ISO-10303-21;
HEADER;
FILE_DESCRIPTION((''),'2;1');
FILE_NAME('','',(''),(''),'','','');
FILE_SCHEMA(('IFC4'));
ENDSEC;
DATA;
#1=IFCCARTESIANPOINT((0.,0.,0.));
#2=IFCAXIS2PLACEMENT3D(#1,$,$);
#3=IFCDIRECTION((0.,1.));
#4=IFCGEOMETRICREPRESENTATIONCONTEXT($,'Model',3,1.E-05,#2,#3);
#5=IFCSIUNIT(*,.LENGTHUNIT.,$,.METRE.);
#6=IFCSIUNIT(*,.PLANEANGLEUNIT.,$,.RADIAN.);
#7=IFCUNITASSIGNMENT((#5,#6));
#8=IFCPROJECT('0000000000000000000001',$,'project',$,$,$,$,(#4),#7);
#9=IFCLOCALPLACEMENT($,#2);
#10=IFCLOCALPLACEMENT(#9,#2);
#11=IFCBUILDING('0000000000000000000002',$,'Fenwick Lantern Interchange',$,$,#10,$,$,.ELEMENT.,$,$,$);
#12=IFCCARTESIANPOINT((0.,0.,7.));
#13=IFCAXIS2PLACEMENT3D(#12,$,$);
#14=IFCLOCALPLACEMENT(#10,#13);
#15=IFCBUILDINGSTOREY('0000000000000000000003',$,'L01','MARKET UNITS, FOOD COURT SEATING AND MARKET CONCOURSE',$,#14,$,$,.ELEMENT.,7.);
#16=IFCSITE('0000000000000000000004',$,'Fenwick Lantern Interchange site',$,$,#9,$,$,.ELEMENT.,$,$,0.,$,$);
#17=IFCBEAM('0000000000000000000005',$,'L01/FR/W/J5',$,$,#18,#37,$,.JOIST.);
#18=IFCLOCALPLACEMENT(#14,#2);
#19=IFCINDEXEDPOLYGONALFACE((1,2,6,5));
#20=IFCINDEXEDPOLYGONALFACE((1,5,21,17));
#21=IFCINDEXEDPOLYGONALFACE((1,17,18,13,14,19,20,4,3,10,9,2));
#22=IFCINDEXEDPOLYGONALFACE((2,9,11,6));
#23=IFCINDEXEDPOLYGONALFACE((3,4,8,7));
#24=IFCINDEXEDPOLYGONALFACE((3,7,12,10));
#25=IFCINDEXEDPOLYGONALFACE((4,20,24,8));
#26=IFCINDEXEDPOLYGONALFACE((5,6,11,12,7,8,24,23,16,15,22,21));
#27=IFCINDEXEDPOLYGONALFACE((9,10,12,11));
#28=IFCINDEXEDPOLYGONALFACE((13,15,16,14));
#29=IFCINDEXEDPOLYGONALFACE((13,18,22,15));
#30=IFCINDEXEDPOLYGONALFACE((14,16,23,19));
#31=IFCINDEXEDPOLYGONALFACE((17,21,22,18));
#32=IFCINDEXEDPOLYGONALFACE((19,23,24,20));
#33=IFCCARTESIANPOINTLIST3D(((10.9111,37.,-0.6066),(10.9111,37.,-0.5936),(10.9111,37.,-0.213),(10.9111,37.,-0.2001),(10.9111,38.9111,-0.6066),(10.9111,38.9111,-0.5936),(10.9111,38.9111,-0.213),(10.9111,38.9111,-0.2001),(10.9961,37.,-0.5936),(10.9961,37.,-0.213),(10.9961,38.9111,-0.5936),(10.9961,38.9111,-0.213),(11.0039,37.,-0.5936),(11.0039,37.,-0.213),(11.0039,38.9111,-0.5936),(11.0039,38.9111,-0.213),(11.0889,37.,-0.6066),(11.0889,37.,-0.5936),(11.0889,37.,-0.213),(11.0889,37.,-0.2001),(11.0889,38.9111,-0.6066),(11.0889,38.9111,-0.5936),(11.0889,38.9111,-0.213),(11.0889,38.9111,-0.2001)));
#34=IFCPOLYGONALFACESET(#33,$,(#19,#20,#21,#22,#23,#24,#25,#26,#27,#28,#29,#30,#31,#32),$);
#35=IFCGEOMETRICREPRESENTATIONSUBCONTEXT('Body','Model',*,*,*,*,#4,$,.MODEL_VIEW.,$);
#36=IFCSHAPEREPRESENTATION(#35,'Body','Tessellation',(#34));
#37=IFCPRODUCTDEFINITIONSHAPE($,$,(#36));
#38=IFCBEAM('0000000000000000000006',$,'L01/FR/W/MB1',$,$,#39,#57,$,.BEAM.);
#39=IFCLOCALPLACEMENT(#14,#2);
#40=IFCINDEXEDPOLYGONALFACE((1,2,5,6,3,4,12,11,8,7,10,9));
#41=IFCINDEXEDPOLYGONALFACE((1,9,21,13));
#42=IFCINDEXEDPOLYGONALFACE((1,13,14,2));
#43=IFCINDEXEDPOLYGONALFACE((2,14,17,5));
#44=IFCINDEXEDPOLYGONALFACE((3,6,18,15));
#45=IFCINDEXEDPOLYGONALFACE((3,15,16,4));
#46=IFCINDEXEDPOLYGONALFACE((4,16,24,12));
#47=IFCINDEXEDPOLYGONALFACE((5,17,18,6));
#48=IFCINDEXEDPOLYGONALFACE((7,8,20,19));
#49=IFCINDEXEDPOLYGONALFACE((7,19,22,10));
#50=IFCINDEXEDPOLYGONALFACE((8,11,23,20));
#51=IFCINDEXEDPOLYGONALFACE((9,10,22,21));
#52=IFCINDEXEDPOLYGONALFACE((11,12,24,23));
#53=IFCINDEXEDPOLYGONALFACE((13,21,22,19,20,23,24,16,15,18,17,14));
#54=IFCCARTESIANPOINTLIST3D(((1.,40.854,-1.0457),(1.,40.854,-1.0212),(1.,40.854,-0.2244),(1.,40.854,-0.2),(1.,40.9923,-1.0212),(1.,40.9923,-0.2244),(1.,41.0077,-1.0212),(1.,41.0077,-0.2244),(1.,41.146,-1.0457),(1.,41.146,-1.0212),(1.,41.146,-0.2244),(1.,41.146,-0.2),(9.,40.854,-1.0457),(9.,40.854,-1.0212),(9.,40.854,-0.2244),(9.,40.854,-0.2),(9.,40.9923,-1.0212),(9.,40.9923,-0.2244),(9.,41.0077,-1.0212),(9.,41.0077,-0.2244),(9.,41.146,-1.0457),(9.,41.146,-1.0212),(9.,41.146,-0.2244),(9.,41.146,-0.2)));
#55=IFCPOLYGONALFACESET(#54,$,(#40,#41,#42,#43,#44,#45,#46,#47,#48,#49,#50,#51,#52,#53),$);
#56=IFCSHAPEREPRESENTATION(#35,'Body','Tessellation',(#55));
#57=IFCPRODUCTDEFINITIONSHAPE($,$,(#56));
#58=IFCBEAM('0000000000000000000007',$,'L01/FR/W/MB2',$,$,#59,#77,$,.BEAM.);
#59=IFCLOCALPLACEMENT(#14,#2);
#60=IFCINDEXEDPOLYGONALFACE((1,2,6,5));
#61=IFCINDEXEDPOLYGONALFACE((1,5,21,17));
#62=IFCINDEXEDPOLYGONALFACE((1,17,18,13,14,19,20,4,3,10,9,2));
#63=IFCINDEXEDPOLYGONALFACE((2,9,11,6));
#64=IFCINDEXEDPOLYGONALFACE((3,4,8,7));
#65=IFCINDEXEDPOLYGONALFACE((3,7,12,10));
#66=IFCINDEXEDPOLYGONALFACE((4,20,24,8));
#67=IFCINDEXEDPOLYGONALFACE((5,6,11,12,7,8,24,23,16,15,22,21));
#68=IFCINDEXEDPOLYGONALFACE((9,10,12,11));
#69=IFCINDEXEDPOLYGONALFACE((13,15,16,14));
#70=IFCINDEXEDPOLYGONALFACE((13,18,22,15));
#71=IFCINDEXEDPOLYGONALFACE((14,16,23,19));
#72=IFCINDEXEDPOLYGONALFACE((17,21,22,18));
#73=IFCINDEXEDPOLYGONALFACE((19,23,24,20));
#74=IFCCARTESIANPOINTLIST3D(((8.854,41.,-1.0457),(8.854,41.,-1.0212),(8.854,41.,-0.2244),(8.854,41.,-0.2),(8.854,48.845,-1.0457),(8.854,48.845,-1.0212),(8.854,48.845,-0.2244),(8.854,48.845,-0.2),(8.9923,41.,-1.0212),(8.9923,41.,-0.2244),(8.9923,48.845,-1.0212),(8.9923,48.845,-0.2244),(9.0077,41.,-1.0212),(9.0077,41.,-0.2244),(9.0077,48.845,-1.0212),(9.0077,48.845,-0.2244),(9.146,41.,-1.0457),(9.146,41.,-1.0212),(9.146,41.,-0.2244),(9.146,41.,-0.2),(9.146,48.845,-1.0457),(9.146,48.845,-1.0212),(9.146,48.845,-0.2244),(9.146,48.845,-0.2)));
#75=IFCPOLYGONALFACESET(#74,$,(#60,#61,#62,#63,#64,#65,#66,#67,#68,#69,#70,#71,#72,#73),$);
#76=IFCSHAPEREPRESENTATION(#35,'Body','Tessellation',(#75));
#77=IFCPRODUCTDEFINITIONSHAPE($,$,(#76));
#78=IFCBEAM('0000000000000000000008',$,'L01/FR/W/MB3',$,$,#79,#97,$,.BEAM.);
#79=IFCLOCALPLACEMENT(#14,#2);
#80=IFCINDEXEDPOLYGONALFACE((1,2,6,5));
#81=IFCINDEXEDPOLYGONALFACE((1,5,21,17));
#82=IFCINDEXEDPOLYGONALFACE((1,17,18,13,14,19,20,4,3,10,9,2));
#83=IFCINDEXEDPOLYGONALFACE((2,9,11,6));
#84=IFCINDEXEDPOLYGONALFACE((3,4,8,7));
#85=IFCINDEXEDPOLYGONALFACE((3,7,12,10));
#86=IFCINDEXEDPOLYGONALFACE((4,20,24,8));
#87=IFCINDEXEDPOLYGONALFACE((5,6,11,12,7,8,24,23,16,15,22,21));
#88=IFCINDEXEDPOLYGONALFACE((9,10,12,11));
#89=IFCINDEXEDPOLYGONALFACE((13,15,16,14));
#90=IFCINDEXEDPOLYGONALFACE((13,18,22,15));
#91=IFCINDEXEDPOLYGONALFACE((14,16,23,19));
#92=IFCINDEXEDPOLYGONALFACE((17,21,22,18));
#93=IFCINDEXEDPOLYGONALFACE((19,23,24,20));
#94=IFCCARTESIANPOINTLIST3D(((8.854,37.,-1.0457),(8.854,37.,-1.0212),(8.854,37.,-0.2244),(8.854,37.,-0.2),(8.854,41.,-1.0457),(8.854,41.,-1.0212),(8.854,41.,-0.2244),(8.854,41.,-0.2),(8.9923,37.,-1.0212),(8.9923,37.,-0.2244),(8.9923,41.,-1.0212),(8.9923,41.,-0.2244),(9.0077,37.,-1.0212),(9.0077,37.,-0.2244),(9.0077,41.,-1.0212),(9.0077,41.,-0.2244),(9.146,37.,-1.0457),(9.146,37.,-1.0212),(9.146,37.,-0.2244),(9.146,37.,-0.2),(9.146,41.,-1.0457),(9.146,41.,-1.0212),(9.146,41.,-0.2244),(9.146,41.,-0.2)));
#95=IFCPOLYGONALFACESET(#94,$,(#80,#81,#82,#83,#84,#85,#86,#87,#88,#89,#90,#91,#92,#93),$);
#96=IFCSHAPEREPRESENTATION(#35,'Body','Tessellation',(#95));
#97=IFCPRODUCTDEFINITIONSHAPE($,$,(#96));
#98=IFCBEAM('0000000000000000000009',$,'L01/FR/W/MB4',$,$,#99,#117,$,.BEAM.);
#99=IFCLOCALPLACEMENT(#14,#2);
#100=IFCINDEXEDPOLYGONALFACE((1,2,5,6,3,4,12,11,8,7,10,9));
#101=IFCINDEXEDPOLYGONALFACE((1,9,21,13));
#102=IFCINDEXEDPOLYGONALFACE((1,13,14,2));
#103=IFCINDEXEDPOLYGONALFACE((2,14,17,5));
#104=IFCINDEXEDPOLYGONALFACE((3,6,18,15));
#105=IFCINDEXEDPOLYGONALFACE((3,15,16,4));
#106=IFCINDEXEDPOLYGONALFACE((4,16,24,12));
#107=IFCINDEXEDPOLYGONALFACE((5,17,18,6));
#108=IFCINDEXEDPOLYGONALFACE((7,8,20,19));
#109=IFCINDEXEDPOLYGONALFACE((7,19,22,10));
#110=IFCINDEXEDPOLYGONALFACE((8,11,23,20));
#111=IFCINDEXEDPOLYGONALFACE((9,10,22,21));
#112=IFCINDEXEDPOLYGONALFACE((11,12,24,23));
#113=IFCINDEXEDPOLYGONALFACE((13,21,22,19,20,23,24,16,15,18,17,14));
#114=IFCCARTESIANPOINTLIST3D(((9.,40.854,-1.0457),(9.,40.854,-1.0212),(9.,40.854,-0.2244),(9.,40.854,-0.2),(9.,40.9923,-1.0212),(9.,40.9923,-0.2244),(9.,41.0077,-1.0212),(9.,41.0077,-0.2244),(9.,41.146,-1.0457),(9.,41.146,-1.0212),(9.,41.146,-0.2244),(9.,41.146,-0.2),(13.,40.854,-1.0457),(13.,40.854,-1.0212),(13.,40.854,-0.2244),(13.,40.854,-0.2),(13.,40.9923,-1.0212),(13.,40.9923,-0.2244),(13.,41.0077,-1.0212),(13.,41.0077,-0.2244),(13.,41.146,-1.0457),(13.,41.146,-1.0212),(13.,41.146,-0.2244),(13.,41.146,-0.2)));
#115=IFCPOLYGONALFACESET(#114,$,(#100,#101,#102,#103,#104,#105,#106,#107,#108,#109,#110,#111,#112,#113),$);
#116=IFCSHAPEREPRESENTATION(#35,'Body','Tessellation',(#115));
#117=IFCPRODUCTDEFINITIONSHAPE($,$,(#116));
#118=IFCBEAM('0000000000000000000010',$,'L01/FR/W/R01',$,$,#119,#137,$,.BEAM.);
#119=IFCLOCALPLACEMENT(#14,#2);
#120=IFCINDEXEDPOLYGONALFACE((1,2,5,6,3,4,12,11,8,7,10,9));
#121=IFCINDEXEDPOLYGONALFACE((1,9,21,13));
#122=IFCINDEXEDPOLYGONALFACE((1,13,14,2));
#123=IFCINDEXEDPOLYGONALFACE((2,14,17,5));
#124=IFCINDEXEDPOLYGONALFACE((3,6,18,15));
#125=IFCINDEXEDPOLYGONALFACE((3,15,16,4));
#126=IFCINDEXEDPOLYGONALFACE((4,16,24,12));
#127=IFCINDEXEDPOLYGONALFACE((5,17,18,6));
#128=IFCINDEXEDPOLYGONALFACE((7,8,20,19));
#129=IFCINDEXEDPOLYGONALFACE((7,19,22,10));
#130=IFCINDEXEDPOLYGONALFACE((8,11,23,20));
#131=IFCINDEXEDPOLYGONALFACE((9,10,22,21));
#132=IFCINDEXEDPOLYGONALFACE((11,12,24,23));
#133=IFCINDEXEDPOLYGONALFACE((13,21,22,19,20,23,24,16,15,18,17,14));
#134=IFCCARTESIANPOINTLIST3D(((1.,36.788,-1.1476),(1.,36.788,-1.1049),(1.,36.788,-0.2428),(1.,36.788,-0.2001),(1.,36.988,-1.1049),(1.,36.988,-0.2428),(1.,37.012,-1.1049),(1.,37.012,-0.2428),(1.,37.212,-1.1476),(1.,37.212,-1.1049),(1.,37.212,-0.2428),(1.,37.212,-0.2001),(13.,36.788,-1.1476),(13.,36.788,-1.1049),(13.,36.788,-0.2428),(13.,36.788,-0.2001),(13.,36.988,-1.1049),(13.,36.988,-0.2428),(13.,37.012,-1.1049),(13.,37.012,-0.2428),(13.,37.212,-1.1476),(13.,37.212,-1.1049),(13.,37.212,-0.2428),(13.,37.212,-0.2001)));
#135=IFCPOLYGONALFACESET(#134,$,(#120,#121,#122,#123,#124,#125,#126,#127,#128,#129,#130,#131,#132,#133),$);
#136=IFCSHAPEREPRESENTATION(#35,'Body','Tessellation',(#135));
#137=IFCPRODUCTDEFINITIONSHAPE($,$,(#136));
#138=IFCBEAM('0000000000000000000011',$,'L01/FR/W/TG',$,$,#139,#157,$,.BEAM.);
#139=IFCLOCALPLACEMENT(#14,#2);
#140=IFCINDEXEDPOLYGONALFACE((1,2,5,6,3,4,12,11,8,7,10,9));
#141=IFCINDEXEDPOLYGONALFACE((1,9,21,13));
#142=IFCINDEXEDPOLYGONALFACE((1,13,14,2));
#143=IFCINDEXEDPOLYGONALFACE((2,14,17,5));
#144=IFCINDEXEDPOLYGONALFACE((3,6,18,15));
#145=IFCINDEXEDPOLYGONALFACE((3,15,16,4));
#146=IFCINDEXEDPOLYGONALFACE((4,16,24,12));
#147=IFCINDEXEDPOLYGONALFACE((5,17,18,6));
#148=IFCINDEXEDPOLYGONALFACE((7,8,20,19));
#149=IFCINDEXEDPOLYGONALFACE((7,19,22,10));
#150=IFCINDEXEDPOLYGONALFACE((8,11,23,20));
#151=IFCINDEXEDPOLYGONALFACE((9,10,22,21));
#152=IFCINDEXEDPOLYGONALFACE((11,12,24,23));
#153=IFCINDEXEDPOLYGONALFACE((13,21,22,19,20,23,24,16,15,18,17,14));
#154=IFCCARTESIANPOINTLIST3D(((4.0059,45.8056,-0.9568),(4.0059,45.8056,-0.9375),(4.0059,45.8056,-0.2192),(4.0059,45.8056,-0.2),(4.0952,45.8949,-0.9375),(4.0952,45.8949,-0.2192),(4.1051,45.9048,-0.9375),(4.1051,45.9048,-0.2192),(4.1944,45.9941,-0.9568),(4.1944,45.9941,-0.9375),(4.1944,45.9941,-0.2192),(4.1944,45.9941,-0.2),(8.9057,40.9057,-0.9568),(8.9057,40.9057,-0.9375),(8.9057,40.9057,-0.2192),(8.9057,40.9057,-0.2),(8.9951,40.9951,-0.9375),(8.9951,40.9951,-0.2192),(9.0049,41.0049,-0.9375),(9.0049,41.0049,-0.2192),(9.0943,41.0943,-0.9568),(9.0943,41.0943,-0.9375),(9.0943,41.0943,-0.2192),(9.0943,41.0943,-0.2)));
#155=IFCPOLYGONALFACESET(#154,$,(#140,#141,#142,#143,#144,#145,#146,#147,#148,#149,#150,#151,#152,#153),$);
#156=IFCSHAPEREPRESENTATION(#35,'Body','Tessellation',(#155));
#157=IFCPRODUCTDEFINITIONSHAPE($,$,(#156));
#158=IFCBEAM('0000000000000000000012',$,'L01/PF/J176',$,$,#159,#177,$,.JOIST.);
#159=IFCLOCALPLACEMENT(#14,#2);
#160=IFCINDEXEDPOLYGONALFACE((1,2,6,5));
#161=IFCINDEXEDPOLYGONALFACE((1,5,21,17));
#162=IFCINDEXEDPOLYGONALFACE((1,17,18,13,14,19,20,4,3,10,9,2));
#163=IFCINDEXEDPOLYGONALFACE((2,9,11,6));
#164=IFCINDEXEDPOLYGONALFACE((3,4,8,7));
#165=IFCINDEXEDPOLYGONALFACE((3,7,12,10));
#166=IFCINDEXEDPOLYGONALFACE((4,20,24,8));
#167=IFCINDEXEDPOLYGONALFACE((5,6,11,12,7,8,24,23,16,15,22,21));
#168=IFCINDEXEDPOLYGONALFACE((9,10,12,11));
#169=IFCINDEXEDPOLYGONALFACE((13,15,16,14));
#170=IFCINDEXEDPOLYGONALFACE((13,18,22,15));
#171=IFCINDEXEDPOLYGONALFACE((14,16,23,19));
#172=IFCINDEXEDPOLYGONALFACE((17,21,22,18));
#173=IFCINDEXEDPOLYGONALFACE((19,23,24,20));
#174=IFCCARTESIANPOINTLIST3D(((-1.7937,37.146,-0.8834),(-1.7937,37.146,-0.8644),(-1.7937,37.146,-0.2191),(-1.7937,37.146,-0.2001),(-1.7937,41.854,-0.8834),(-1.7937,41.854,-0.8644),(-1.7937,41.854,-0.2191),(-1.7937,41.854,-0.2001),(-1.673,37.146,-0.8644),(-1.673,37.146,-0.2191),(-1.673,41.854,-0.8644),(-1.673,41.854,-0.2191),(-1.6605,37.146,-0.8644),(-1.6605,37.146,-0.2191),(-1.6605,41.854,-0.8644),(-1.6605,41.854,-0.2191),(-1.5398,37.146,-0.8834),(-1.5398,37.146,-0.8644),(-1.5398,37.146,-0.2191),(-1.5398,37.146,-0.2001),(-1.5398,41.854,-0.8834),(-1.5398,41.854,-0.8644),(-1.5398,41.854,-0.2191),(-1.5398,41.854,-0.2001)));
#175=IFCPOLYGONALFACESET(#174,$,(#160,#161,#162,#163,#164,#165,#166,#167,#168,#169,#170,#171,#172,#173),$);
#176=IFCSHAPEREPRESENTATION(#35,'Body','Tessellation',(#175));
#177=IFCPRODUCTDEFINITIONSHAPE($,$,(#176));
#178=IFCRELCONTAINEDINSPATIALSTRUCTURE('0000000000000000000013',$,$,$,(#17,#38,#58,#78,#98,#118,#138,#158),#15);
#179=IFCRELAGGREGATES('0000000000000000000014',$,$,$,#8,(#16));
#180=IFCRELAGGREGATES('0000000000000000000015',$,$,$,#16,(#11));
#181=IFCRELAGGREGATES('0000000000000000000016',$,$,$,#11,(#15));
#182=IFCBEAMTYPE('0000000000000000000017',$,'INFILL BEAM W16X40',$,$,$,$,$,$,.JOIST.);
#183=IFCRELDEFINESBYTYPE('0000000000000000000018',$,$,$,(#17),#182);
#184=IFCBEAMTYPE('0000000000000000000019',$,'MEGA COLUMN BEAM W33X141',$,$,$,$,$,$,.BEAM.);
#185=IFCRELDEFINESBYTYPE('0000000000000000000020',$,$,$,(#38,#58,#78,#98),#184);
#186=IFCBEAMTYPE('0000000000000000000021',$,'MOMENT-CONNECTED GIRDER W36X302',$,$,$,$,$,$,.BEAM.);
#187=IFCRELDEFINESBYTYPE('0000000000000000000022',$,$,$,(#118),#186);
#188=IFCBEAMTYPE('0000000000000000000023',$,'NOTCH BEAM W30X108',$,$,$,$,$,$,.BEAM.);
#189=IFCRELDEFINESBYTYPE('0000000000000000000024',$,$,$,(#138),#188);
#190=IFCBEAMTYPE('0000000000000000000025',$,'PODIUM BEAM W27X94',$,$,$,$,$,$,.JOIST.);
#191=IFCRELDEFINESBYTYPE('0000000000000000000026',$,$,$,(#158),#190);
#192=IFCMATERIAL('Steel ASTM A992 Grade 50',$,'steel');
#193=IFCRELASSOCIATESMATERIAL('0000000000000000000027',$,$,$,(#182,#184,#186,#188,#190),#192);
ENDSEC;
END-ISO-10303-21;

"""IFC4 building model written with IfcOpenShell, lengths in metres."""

from ifc_helpers import new_model, si_unit, direction, frame, origin, origin_2d, place, context, subcontext, project, spatial, i_section, extrude, material, material_profile, profile_set, type_object, element, save


model = new_model("IFC4")

# Units and contexts
model_context = context("Model", 3, precision=1e-05, world=origin(), true_north=direction((0.0, 1.0)))
body_context = subcontext(model_context, "Body", "Model", "MODEL_VIEW")
ifc_project = project(units=[si_unit("LENGTHUNIT", "METRE"), si_unit("PLANEANGLEUNIT", "RADIAN")], contexts=[model_context])

# Site, building, storey
site_placement = place(None, origin())
site = spatial("IfcSite", under=ifc_project, at=site_placement, Name="Fenwick Lantern Interchange site", CompositionType="ELEMENT", RefElevation=0.0)
building_placement = place(site_placement, origin())
building = spatial("IfcBuilding", under=site, at=building_placement, Name="Fenwick Lantern Interchange", CompositionType="ELEMENT")
storey_placement = place(building_placement, frame((0.0, 0.0, 7.0)))
storey = spatial("IfcBuildingStorey", under=building, at=storey_placement, Name="L01", Description="MARKET UNITS, FOOD COURT SEATING AND MARKET CONCOURSE", CompositionType="ELEMENT", Elevation=7.0)

# Beams
ifc_material_1 = material(Name="Steel ASTM A992 Grade 50", Category="steel")
ifc_material_profile_1 = material_profile(ifc_material_1, i_section(OverallWidth=0.1777, OverallDepth=0.4065, WebThickness=0.0078, FlangeThickness=0.0129, at=origin_2d()), Name="W16X40")
ifc_profile_set_1 = profile_set([ifc_material_profile_1], Name="Steel ASTM A992 Grade 50")
beam_type_1 = type_object("IfcBeamType", Name="INFILL BEAM W16X40", PredefinedType="JOIST", material=ifc_profile_set_1)
beam_1_placement = place(storey_placement, frame((11.0, 38.9111, -0.4033), z_axis=(0.0, -1.0, 0.0), x_axis=(1.0, 0.0, 0.0)))
element("IfcBeam", 1, at=beam_1_placement, inside=storey, type_object=beam_type_1, Name="L01/FR/W/J5", PredefinedType="JOIST", context=body_context, shape_type="SweptSolid", body=[
    extrude(i_section(OverallWidth=0.1777, OverallDepth=0.4065, WebThickness=0.0078, FlangeThickness=0.0129, at=origin_2d()), origin(), (0.0, 0.0, 1.0), 1.9111),
])
ifc_material_profile_2 = material_profile(ifc_material_1, i_section(OverallWidth=0.292, OverallDepth=0.8457, WebThickness=0.0154, FlangeThickness=0.0244, at=origin_2d()), Name="W33X141")
ifc_profile_set_2 = profile_set([ifc_material_profile_2], Name="Steel ASTM A992 Grade 50")
beam_type_2 = type_object("IfcBeamType", Name="MEGA COLUMN BEAM W33X141", PredefinedType="BEAM", material=ifc_profile_set_2)
beam_2_placement = place(storey_placement, frame((9.0, 41.0, -0.6228), z_axis=(-1.0, 0.0, 0.0), x_axis=(0.0, -1.0, 0.0)))
element("IfcBeam", 2, at=beam_2_placement, inside=storey, type_object=beam_type_2, Name="L01/FR/W/MB1", PredefinedType="BEAM", context=body_context, shape_type="SweptSolid", body=[
    extrude(i_section(OverallWidth=0.292, OverallDepth=0.8457, WebThickness=0.0154, FlangeThickness=0.0244, at=origin_2d()), origin(), (0.0, 0.0, 1.0), 8.0),
])
beam_3_placement = place(storey_placement, frame((9.0, 41.0, -0.6228), z_axis=(0.0, 1.0, 0.0), x_axis=(-1.0, 0.0, 0.0)))
element("IfcBeam", 3, at=beam_3_placement, inside=storey, type_object=beam_type_2, Name="L01/FR/W/MB2", PredefinedType="BEAM", context=body_context, shape_type="SweptSolid", body=[
    extrude(i_section(OverallWidth=0.292, OverallDepth=0.8457, WebThickness=0.0154, FlangeThickness=0.0244, at=origin_2d()), origin(), (0.0, 0.0, 1.0), 7.845),
])
for number, where, z_axis, x_axis, name in (
    (4, (9.0, 41.0, -0.6228), (0.0, -1.0, 0.0), (1.0, 0.0, 0.0), "L01/FR/W/MB3"),
    (5, (9.0, 41.0, -0.6228), (1.0, 0.0, 0.0), (0.0, 1.0, 0.0), "L01/FR/W/MB4"),
):
    element("IfcBeam", number, at=place(storey_placement, frame(where, z_axis=z_axis, x_axis=x_axis)), inside=storey, type_object=beam_type_2, Name=name, PredefinedType="BEAM", context=body_context, shape_type="SweptSolid", body=[
        extrude(i_section(OverallWidth=0.292, OverallDepth=0.8457, WebThickness=0.0154, FlangeThickness=0.0244, at=origin_2d()), origin(), (0.0, 0.0, 1.0), 4.0),
    ])
ifc_material_profile_3 = material_profile(ifc_material_1, i_section(OverallWidth=0.4241, OverallDepth=0.9475, WebThickness=0.0239, FlangeThickness=0.0427, at=origin_2d()), Name="W36X302")
ifc_profile_set_3 = profile_set([ifc_material_profile_3], Name="Steel ASTM A992 Grade 50")
beam_type_3 = type_object("IfcBeamType", Name="MOMENT-CONNECTED GIRDER W36X302", PredefinedType="BEAM", material=ifc_profile_set_3)
beam_4_placement = place(storey_placement, frame((1.0, 37.0, -0.6738), z_axis=(1.0, 0.0, 0.0), x_axis=(0.0, 1.0, 0.0)))
element("IfcBeam", 6, at=beam_4_placement, inside=storey, type_object=beam_type_3, Name="L01/FR/W/R01", PredefinedType="BEAM", context=body_context, shape_type="SweptSolid", body=[
    extrude(i_section(OverallWidth=0.4241, OverallDepth=0.9475, WebThickness=0.0239, FlangeThickness=0.0427, at=origin_2d()), origin(), (0.0, 0.0, 1.0), 12.0),
])
ifc_material_profile_4 = material_profile(ifc_material_1, i_section(OverallWidth=0.2666, OverallDepth=0.7568, WebThickness=0.0139, FlangeThickness=0.0193, at=origin_2d()), Name="W30X108")
ifc_profile_set_4 = profile_set([ifc_material_profile_4], Name="Steel ASTM A992 Grade 50")
beam_type_4 = type_object("IfcBeamType", Name="NOTCH BEAM W30X108", PredefinedType="BEAM", material=ifc_profile_set_4)
beam_5_placement = place(storey_placement, frame((9.0, 41.0, -0.5784), z_axis=(-0.707107, 0.707107, 0.0), x_axis=(-0.707107, -0.707107, 0.0)))
element("IfcBeam", 7, at=beam_5_placement, inside=storey, type_object=beam_type_4, Name="L01/FR/W/TG", PredefinedType="BEAM", context=body_context, shape_type="SweptSolid", body=[
    extrude(i_section(OverallWidth=0.2666, OverallDepth=0.7568, WebThickness=0.0139, FlangeThickness=0.0193, at=origin_2d()), origin(), (0.0, 0.0, 1.0), 6.9294),
])
ifc_material_profile_5 = material_profile(ifc_material_1, i_section(OverallWidth=0.2539, OverallDepth=0.6833, WebThickness=0.0125, FlangeThickness=0.019, at=origin_2d()), Name="W27X94")
ifc_profile_set_5 = profile_set([ifc_material_profile_5], Name="Steel ASTM A992 Grade 50")
beam_type_5 = type_object("IfcBeamType", Name="PODIUM BEAM W27X94", PredefinedType="JOIST", material=ifc_profile_set_5)
beam_6_placement = place(storey_placement, frame((-1.6667, 37.146, -0.5417), z_axis=(0.0, 1.0, 0.0), x_axis=(-1.0, 0.0, 0.0)))
element("IfcBeam", 8, at=beam_6_placement, inside=storey, type_object=beam_type_5, Name="L01/PF/J176", PredefinedType="JOIST", context=body_context, shape_type="SweptSolid", body=[
    extrude(i_section(OverallWidth=0.2539, OverallDepth=0.6833, WebThickness=0.0125, FlangeThickness=0.019, at=origin_2d()), origin(), (0.0, 0.0, 1.0), 4.708),
])

save(model, "model.ifc")
